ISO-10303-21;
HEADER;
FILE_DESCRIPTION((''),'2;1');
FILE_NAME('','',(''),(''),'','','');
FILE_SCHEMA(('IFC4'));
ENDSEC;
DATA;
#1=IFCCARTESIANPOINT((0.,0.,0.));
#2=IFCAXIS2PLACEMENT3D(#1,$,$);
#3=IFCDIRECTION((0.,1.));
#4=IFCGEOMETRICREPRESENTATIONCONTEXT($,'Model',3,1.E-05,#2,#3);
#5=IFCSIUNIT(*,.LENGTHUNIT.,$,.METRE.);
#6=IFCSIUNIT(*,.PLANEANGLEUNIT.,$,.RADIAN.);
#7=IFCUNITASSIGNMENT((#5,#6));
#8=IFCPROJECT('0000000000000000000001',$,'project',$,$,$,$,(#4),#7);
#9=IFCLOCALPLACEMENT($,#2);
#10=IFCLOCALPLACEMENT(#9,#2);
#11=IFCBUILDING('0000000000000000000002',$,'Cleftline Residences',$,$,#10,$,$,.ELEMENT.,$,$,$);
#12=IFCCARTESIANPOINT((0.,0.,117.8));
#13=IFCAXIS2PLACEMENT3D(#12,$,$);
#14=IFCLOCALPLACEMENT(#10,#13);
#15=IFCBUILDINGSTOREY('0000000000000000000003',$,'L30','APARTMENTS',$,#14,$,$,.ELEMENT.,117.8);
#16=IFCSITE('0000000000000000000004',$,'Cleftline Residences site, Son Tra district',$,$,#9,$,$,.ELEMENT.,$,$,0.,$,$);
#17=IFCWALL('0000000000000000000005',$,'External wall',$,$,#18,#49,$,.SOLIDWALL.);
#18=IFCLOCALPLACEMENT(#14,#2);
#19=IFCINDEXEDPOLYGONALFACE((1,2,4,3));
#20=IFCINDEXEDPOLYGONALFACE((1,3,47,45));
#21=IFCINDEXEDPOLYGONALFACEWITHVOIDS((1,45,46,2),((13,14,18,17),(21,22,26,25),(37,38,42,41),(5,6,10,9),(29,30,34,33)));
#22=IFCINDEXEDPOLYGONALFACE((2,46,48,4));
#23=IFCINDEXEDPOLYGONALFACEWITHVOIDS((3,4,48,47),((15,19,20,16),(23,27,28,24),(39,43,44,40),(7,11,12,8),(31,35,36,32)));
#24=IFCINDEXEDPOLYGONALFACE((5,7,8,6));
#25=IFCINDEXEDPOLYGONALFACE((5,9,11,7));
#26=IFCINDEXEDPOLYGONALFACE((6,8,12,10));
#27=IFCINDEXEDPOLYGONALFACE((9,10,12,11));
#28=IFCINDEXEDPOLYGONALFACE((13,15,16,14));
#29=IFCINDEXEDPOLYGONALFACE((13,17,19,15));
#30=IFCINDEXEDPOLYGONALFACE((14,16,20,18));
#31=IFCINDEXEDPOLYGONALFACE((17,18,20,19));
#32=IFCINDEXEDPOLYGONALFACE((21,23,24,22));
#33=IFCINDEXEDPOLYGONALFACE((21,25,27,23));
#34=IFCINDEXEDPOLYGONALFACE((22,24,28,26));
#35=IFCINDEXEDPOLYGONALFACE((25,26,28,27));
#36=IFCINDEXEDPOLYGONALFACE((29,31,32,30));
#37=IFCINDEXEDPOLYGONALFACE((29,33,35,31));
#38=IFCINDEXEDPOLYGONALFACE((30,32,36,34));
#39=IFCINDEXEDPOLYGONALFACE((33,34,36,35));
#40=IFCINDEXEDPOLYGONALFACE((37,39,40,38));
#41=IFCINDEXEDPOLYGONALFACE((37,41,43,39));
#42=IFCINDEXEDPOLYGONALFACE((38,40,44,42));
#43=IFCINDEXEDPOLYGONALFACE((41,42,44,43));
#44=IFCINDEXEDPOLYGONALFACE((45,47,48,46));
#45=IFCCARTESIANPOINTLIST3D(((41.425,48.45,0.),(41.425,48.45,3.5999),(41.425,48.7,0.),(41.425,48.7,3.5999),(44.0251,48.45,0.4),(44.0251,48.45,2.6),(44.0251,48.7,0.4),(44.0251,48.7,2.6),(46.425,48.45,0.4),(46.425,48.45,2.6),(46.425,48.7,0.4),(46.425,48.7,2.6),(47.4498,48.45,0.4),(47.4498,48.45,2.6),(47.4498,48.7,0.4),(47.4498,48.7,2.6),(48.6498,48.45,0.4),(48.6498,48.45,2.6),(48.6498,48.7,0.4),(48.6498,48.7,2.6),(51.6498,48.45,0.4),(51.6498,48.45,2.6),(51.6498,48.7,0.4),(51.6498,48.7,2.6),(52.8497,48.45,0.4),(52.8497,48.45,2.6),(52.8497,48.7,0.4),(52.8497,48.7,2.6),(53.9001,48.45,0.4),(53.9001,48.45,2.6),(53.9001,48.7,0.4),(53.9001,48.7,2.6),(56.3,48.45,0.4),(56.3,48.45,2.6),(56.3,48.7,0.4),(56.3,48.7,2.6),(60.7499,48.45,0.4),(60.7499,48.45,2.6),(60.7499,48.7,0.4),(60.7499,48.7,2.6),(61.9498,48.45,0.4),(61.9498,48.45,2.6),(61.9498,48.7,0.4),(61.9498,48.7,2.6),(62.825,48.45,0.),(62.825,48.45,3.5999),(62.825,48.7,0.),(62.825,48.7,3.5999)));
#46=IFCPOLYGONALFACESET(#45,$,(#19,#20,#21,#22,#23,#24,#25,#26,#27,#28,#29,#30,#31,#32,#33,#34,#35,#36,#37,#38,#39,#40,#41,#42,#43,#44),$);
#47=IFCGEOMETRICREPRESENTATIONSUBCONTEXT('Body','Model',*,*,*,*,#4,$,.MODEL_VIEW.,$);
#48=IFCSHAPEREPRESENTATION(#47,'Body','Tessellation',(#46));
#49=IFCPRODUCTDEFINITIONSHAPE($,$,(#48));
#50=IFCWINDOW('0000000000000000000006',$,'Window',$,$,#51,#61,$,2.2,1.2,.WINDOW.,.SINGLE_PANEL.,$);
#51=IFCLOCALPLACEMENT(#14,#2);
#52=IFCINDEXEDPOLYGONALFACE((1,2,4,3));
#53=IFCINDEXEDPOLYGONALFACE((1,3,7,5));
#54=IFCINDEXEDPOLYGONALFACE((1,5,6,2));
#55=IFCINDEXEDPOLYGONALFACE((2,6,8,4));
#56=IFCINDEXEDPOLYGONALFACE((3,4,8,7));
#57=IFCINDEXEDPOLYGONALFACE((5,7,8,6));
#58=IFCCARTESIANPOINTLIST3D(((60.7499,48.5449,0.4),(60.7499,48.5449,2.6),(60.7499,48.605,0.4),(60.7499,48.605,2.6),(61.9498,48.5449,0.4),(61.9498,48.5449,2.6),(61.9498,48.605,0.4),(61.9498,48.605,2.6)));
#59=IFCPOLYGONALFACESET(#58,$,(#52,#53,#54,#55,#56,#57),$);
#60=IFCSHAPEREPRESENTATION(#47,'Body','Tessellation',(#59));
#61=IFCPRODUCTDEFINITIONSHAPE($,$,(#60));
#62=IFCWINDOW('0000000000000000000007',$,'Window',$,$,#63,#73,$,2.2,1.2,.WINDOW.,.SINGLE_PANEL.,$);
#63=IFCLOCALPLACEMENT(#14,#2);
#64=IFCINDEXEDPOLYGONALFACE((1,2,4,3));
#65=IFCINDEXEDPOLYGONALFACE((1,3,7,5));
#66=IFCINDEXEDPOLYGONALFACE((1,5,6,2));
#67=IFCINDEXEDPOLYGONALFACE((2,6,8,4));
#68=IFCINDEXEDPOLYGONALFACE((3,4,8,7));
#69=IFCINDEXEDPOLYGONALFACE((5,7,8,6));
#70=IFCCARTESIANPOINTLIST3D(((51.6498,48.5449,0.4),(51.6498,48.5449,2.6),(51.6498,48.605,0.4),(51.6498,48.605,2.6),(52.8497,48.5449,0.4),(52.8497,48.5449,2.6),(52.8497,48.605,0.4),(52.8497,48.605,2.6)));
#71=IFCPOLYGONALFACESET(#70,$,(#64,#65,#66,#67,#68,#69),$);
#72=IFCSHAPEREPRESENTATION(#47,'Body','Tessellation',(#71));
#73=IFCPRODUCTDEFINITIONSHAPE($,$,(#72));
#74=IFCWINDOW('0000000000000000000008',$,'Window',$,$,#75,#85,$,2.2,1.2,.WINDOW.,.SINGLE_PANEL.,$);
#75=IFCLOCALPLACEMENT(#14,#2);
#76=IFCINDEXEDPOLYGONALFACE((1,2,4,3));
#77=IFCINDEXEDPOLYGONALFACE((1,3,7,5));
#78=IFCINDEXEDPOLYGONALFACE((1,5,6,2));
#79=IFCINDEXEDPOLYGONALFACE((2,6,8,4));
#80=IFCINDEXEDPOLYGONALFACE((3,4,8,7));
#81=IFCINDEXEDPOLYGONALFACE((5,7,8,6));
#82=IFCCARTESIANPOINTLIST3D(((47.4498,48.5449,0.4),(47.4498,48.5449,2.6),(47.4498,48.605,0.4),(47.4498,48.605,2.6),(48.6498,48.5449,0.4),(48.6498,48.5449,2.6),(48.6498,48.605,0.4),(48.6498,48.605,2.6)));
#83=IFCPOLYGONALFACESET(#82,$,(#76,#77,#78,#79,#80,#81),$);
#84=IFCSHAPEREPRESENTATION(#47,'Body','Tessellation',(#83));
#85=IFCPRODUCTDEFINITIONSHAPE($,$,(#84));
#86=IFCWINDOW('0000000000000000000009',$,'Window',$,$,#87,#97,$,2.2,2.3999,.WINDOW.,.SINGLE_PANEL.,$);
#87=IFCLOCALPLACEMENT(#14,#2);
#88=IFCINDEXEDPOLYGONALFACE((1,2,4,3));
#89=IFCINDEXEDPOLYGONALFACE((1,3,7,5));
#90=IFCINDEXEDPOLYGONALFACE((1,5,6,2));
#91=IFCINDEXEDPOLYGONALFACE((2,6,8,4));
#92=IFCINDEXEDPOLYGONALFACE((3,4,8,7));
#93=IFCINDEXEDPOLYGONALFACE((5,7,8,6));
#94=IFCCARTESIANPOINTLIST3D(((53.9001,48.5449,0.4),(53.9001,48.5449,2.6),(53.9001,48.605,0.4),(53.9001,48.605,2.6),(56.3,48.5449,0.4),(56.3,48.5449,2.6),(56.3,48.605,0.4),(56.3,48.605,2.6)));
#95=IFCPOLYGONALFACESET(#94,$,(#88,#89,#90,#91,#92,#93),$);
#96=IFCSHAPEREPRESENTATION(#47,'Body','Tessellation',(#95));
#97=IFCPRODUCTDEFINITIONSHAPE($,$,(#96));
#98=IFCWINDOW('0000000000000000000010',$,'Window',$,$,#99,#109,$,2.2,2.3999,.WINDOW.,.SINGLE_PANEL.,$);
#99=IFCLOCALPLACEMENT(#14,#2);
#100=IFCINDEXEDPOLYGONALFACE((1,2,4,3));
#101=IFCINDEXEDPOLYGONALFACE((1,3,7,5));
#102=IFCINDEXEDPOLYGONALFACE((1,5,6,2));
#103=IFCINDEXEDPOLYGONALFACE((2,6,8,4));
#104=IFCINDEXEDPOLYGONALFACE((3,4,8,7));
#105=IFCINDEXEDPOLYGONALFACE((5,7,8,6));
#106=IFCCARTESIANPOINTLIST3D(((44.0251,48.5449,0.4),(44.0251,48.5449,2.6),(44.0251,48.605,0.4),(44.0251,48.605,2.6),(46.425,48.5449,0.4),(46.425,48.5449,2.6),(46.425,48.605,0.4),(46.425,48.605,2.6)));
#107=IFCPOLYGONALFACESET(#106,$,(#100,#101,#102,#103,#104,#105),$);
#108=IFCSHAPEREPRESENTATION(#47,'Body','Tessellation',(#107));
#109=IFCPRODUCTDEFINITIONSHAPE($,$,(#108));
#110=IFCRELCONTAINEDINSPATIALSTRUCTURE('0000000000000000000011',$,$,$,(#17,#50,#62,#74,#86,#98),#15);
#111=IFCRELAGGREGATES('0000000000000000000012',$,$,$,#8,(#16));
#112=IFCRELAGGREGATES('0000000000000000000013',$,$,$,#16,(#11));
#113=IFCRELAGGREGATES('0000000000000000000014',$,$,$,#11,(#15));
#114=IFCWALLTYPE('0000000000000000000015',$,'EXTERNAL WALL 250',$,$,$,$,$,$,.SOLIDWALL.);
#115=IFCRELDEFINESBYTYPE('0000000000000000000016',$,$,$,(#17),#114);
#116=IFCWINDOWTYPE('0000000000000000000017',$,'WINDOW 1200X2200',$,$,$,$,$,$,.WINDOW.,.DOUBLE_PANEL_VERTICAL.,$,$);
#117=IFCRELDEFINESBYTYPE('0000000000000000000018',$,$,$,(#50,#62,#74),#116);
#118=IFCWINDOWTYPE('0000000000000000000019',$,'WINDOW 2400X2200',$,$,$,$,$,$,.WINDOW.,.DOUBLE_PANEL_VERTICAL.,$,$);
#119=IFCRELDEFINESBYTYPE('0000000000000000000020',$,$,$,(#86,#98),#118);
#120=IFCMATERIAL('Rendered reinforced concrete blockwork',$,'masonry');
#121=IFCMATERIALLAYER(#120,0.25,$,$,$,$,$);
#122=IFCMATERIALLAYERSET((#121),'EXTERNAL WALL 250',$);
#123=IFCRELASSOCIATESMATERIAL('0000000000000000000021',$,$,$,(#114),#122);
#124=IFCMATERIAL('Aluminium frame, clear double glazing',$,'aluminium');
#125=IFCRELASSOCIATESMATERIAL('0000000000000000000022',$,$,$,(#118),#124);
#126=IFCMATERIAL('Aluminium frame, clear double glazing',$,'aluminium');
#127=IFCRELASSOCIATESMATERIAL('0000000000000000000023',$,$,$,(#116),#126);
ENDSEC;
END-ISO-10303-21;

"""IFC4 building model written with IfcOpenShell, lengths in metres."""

from ifc_helpers import new_model, si_unit, direction, frame, frame_2d, origin, place, context, subcontext, project, spatial, rectangle, extrude, material, layer, layer_set, type_object, element, fill, save


model = new_model("IFC4")

# Units and contexts
model_context = context("Model", 3, precision=1e-05, world=origin(), true_north=direction((0.0, 1.0)))
body_context = subcontext(model_context, "Body", "Model", "MODEL_VIEW")
ifc_project = project(units=[si_unit("LENGTHUNIT", "METRE"), si_unit("PLANEANGLEUNIT", "RADIAN")], contexts=[model_context])

# Site, building, storey
site_placement = place(None, origin())
site = spatial("IfcSite", under=ifc_project, at=site_placement, Name="Cleftline Residences site, Son Tra district", CompositionType="ELEMENT", RefElevation=0.0)
building_placement = place(site_placement, origin())
building = spatial("IfcBuilding", under=site, at=building_placement, Name="Cleftline Residences", CompositionType="ELEMENT")
storey_placement = place(building_placement, frame((0.0, 0.0, 117.8)))
storey = spatial("IfcBuildingStorey", under=building, at=storey_placement, Name="L30", Description="APARTMENTS", CompositionType="ELEMENT", Elevation=117.8)

# Shared definitions
ifc_material_1 = material(Name="Rendered reinforced concrete blockwork", Category="masonry")
ifc_layer_1 = layer(ifc_material_1, 0.25)
ifc_layer_set_1 = layer_set([ifc_layer_1], Name="EXTERNAL WALL 250")
wall_type = type_object("IfcWallType", Name="EXTERNAL WALL 250", PredefinedType="SOLIDWALL", material=ifc_layer_set_1)
ifc_material_2 = material(Name="Aluminium frame, clear double glazing", Category="aluminium")
window_type_1 = type_object("IfcWindowType", Name="WINDOW 2400X2200", PartitioningType="DOUBLE_PANEL_VERTICAL", PredefinedType="WINDOW", material=ifc_material_2)

# Wall, openings, windows
wall_1_placement = place(storey_placement, frame((62.825, 48.575, 0.0), z_axis=(0.0, 0.0, 1.0), x_axis=(-1.0, 0.0, 0.0)))
wall_1 = element("IfcWall", 1, at=wall_1_placement, inside=storey, type_object=wall_type, Name="External wall", PredefinedType="SOLIDWALL", context=body_context, shape_type="SweptSolid", body=[
    extrude(rectangle(XDim=21.3999, YDim=0.25, at=frame_2d((10.7, 0.0))), origin(), (0.0, 0.0, 1.0), 3.5999),
])
opening_1_placement = place(wall_1_placement, frame((0.875, 0.0, 0.3999)))
opening_1 = element("IfcOpeningElement", 2, at=opening_1_placement, cuts=wall_1, PredefinedType="OPENING", context=body_context, shape_type="SweptSolid", body=[
    extrude(rectangle(XDim=1.2, YDim=2.2, at=frame_2d((0.6001, 1.1001))), frame((0.0, 0.135, 0.0), z_axis=(0.0, -1.0, 0.0), x_axis=(1.0, 0.0, 0.0)), (0.0, 0.0, 1.0), 0.27),
])
opening_2_placement = place(wall_1_placement, frame((6.5249, 0.0, 0.3999)))
opening_2 = element("IfcOpeningElement", 3, at=opening_2_placement, cuts=wall_1, PredefinedType="OPENING", context=body_context, shape_type="SweptSolid", body=[
    extrude(rectangle(XDim=2.3999, YDim=2.2, at=frame_2d((1.2, 1.1001))), frame((0.0, 0.135, 0.0), z_axis=(0.0, -1.0, 0.0), x_axis=(1.0, 0.0, 0.0)), (0.0, 0.0, 1.0), 0.27),
])
opening_3_placement = place(wall_1_placement, frame((9.9751, 0.0, 0.3999)))
opening_3 = element("IfcOpeningElement", 4, at=opening_3_placement, cuts=wall_1, PredefinedType="OPENING", context=body_context, shape_type="SweptSolid", body=[
    extrude(rectangle(XDim=1.2, YDim=2.2, at=frame_2d((0.6001, 1.1001))), frame((0.0, 0.135, 0.0), z_axis=(0.0, -1.0, 0.0), x_axis=(1.0, 0.0, 0.0)), (0.0, 0.0, 1.0), 0.27),
])
opening_4_placement = place(wall_1_placement, frame((14.175, 0.0, 0.3999)))
opening_4 = element("IfcOpeningElement", 5, at=opening_4_placement, cuts=wall_1, PredefinedType="OPENING", context=body_context, shape_type="SweptSolid", body=[
    extrude(rectangle(XDim=1.2, YDim=2.2, at=frame_2d((0.6001, 1.1001))), frame((0.0, 0.135, 0.0), z_axis=(0.0, -1.0, 0.0), x_axis=(1.0, 0.0, 0.0)), (0.0, 0.0, 1.0), 0.27),
])
opening_5_placement = place(wall_1_placement, frame((16.3999, 0.0, 0.3999)))
opening_5 = element("IfcOpeningElement", 6, at=opening_5_placement, cuts=wall_1, PredefinedType="OPENING", context=body_context, shape_type="SweptSolid", body=[
    extrude(rectangle(XDim=2.3999, YDim=2.2, at=frame_2d((1.2, 1.1001))), frame((0.0, 0.135, 0.0), z_axis=(0.0, -1.0, 0.0), x_axis=(1.0, 0.0, 0.0)), (0.0, 0.0, 1.0), 0.27),
])
ifc_material_3 = material(Name="Aluminium frame, clear double glazing", Category="aluminium")
window_type_2 = type_object("IfcWindowType", Name="WINDOW 1200X2200", PartitioningType="DOUBLE_PANEL_VERTICAL", PredefinedType="WINDOW", material=ifc_material_3)
window_1_placement = place(opening_1_placement, origin())
window_1 = element("IfcWindow", 7, at=window_1_placement, inside=storey, type_object=window_type_2, Name="Window", OverallHeight=2.2, OverallWidth=1.2, PartitioningType="SINGLE_PANEL", PredefinedType="WINDOW", context=body_context, shape_type="SweptSolid", body=[
    extrude(rectangle(XDim=1.2, YDim=2.2, at=frame_2d((0.6001, 1.1001))), frame((0.0, 0.03, 0.0), z_axis=(0.0, -1.0, 0.0), x_axis=(1.0, 0.0, 0.0)), (0.0, 0.0, 1.0), 0.0601),
])
fill(opening_1, window_1)
window_2_placement = place(opening_3_placement, origin())
window_2 = element("IfcWindow", 8, at=window_2_placement, inside=storey, type_object=window_type_2, Name="Window", OverallHeight=2.2, OverallWidth=1.2, PartitioningType="SINGLE_PANEL", PredefinedType="WINDOW", context=body_context, shape_type="SweptSolid", body=[
    extrude(rectangle(XDim=1.2, YDim=2.2, at=frame_2d((0.6001, 1.1001))), frame((0.0, 0.03, 0.0), z_axis=(0.0, -1.0, 0.0), x_axis=(1.0, 0.0, 0.0)), (0.0, 0.0, 1.0), 0.0601),
])
fill(opening_3, window_2)
window_3_placement = place(opening_4_placement, origin())
window_3 = element("IfcWindow", 9, at=window_3_placement, inside=storey, type_object=window_type_2, Name="Window", OverallHeight=2.2, OverallWidth=1.2, PartitioningType="SINGLE_PANEL", PredefinedType="WINDOW", context=body_context, shape_type="SweptSolid", body=[
    extrude(rectangle(XDim=1.2, YDim=2.2, at=frame_2d((0.6001, 1.1001))), frame((0.0, 0.03, 0.0), z_axis=(0.0, -1.0, 0.0), x_axis=(1.0, 0.0, 0.0)), (0.0, 0.0, 1.0), 0.0601),
])
fill(opening_4, window_3)
window_4_placement = place(opening_2_placement, origin())
window_4 = element("IfcWindow", 10, at=window_4_placement, inside=storey, type_object=window_type_1, Name="Window", OverallHeight=2.2, OverallWidth=2.3999, PartitioningType="SINGLE_PANEL", PredefinedType="WINDOW", context=body_context, shape_type="SweptSolid", body=[
    extrude(rectangle(XDim=2.3999, YDim=2.2, at=frame_2d((1.2, 1.1001))), frame((0.0, 0.03, 0.0), z_axis=(0.0, -1.0, 0.0), x_axis=(1.0, 0.0, 0.0)), (0.0, 0.0, 1.0), 0.0601),
])
fill(opening_2, window_4)
window_5_placement = place(opening_5_placement, origin())
window_5 = element("IfcWindow", 11, at=window_5_placement, inside=storey, type_object=window_type_1, Name="Window", OverallHeight=2.2, OverallWidth=2.3999, PartitioningType="SINGLE_PANEL", PredefinedType="WINDOW", context=body_context, shape_type="SweptSolid", body=[
    extrude(rectangle(XDim=2.3999, YDim=2.2, at=frame_2d((1.2, 1.1001))), frame((0.0, 0.03, 0.0), z_axis=(0.0, -1.0, 0.0), x_axis=(1.0, 0.0, 0.0)), (0.0, 0.0, 1.0), 0.0601),
])
fill(opening_5, window_5)

save(model, "model.ifc")
